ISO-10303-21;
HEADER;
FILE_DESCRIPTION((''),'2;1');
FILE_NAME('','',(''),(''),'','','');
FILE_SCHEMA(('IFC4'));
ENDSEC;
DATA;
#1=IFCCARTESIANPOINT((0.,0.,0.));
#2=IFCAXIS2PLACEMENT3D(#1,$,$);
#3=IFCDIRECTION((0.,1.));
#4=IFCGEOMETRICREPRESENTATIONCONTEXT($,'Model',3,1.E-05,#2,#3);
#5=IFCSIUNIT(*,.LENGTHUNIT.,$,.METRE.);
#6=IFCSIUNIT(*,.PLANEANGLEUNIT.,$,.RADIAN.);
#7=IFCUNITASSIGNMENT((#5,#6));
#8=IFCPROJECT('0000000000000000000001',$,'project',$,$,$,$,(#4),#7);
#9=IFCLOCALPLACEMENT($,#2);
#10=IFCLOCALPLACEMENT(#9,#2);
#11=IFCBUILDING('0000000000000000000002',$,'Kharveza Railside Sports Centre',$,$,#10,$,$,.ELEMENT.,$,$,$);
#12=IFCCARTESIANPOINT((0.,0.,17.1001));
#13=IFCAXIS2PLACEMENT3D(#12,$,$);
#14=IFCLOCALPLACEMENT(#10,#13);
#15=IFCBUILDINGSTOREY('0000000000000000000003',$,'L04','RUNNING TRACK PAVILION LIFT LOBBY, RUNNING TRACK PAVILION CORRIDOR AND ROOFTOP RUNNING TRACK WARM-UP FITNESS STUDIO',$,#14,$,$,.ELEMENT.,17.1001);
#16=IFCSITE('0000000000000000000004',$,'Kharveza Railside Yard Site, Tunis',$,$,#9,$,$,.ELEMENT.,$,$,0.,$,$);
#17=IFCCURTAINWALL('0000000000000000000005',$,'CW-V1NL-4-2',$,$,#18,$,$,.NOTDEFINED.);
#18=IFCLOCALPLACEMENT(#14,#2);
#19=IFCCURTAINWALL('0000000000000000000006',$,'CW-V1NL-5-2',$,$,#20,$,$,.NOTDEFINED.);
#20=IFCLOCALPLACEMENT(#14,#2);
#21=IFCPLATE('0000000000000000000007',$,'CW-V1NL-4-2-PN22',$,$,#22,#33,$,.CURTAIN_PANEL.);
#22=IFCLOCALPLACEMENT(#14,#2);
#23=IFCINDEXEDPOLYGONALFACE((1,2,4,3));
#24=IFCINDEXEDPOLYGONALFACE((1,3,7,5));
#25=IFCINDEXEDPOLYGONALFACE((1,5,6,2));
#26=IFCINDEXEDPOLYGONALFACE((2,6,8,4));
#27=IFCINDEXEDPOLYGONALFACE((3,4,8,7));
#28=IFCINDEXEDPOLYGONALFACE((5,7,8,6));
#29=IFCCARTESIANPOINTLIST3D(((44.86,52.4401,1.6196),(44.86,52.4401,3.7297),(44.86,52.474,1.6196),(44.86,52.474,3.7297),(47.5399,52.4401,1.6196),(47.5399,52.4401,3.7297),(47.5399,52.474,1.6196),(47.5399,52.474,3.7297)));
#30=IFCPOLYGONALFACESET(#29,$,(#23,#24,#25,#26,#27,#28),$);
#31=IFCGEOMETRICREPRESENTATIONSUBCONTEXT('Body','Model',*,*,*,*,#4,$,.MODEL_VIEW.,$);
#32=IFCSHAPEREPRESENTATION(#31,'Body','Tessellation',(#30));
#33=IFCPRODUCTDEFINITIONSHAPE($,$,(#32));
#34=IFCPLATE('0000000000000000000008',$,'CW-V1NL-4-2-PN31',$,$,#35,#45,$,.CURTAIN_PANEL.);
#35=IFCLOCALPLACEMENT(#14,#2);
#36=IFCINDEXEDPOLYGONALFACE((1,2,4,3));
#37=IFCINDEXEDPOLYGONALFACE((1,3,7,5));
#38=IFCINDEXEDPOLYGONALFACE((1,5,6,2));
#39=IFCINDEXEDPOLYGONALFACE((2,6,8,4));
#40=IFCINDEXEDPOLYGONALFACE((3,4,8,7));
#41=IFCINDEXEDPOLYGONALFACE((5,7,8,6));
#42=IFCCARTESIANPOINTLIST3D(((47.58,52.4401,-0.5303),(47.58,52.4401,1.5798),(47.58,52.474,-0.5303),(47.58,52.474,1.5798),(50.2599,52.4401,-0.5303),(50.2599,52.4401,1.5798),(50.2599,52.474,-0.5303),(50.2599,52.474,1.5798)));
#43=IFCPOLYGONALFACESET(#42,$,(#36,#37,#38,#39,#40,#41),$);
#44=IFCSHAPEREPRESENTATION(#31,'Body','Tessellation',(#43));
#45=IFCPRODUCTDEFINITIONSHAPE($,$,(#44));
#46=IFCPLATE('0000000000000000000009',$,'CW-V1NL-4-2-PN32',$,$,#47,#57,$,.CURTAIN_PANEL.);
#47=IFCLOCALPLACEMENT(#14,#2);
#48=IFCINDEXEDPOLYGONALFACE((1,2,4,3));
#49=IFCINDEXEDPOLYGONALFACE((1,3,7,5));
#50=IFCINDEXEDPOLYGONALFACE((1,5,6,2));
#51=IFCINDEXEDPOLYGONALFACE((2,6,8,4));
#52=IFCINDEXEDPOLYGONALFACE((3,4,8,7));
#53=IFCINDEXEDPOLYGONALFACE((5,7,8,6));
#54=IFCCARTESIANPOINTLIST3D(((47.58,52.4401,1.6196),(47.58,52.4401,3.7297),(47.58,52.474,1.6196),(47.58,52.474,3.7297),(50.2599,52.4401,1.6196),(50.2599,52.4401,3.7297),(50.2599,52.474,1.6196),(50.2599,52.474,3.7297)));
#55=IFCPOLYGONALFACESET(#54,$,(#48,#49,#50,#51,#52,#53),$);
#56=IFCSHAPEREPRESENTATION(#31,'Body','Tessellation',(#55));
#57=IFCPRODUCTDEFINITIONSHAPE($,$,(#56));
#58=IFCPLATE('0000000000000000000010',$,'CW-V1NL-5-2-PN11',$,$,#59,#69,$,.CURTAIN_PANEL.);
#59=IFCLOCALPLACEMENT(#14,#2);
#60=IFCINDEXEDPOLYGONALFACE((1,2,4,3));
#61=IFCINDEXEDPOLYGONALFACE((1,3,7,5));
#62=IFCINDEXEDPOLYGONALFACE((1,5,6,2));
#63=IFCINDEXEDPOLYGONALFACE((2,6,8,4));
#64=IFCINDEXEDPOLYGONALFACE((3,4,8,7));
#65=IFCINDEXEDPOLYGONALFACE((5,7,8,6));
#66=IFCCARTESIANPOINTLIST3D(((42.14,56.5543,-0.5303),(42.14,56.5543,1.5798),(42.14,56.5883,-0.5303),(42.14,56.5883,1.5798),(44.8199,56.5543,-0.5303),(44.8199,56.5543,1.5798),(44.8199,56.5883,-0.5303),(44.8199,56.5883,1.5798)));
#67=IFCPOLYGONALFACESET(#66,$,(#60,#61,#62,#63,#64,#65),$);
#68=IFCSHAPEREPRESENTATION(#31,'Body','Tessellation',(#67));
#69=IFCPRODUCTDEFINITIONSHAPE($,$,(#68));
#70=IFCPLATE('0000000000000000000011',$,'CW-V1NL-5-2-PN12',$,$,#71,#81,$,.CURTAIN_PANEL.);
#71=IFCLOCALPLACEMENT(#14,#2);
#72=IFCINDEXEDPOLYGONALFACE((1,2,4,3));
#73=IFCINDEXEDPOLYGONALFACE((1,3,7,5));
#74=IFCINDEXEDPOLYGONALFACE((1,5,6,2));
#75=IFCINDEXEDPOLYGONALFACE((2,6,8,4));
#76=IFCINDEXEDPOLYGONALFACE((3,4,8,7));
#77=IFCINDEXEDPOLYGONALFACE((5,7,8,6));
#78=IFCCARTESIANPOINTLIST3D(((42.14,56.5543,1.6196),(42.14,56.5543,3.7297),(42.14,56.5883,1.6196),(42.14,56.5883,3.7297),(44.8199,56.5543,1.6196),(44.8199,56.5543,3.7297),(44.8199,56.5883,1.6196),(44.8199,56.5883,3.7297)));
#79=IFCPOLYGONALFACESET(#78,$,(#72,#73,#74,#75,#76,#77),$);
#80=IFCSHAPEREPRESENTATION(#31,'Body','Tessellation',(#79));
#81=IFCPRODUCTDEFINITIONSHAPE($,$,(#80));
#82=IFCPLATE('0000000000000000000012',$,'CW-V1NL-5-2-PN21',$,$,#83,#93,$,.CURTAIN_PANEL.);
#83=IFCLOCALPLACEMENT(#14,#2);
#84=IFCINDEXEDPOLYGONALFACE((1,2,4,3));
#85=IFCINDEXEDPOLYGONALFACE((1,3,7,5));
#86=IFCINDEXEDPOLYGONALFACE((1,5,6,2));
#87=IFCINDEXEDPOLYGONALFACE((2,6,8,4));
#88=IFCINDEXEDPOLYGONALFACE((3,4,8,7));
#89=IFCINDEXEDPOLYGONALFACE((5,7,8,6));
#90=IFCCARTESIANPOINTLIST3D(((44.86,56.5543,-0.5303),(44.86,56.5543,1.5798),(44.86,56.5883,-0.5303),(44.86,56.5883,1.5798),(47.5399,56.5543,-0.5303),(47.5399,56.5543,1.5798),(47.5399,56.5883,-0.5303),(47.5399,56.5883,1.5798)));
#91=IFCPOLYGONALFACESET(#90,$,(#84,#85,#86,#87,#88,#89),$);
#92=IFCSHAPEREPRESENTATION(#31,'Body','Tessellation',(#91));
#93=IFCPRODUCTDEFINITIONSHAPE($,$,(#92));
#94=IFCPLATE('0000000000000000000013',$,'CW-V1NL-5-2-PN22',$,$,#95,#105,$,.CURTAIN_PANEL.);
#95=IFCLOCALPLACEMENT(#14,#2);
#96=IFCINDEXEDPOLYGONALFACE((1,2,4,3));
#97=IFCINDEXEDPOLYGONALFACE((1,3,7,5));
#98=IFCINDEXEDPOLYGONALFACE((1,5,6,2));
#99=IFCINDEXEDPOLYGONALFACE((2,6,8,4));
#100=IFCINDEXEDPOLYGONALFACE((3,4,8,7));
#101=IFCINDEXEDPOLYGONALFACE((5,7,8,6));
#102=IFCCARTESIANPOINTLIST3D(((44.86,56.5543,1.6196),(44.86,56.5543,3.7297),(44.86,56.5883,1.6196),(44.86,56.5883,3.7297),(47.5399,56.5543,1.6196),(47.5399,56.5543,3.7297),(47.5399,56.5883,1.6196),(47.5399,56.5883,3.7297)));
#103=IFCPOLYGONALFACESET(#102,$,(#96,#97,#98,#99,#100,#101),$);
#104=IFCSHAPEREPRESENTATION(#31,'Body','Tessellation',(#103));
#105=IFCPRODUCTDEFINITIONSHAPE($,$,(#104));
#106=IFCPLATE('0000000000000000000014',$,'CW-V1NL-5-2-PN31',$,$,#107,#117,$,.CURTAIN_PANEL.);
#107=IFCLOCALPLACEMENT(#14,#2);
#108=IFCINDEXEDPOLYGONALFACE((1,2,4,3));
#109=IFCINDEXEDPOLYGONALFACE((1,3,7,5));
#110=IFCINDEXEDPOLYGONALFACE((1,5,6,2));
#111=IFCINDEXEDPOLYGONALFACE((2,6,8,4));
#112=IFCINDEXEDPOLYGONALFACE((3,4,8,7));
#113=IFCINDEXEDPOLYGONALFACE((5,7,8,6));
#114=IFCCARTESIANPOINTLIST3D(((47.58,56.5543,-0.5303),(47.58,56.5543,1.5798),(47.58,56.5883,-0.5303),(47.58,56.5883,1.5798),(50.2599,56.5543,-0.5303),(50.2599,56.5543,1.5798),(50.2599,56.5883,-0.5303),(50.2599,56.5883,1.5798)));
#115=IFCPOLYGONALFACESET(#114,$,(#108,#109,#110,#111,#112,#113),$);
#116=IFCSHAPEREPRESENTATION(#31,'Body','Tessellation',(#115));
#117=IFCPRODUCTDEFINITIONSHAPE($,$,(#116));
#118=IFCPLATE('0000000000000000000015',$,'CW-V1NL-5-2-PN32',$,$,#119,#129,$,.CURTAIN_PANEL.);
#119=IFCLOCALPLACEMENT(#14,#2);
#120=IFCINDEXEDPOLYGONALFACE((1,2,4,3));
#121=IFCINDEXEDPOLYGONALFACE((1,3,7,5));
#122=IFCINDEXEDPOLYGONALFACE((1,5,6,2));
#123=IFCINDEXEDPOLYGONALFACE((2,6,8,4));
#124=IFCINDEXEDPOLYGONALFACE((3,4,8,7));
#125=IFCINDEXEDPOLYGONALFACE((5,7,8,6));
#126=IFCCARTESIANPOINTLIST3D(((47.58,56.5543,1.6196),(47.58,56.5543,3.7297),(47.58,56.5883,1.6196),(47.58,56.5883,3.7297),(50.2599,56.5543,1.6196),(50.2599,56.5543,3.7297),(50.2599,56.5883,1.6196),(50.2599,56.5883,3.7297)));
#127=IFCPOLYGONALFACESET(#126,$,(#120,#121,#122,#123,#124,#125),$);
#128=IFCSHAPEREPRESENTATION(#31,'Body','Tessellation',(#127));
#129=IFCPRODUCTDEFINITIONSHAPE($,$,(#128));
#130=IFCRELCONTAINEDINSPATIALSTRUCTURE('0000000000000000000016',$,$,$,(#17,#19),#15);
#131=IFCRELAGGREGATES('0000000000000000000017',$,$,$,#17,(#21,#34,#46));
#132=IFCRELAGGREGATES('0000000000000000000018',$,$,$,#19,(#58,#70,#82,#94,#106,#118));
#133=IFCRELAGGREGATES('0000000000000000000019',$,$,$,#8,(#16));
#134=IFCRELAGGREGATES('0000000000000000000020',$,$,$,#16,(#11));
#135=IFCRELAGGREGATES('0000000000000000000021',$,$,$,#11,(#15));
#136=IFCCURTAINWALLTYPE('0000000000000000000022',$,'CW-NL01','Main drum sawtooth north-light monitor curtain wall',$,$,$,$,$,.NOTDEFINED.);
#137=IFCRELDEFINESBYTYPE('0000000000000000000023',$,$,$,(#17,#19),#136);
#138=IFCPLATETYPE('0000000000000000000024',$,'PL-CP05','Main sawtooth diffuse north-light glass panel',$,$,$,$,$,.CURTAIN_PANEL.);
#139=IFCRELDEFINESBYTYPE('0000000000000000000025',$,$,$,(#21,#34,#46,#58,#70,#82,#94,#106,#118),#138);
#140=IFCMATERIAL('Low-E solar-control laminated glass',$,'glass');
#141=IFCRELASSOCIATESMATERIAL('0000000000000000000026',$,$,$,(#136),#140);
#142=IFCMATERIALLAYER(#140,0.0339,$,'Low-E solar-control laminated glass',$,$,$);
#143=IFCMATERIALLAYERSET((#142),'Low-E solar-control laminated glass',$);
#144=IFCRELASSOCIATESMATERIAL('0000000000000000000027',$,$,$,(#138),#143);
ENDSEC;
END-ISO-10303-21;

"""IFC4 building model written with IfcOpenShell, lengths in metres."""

from ifc_helpers import new_model, si_unit, direction, frame, origin, origin_2d, place, context, subcontext, project, spatial, rectangle, extrude, material, layer, layer_set, type_object, element, aggregate, save


model = new_model("IFC4")

# Units and contexts
model_context = context("Model", 3, precision=1e-05, world=origin(), true_north=direction((0.0, 1.0)))
body_context = subcontext(model_context, "Body", "Model", "MODEL_VIEW")
ifc_project = project(units=[si_unit("LENGTHUNIT", "METRE"), si_unit("PLANEANGLEUNIT", "RADIAN")], contexts=[model_context])

# Site, building, storey
site_placement = place(None, origin())
site = spatial("IfcSite", under=ifc_project, at=site_placement, Name="Kharveza Railside Yard Site, Tunis", CompositionType="ELEMENT", RefElevation=0.0)
building_placement = place(site_placement, origin())
building = spatial("IfcBuilding", under=site, at=building_placement, Name="Kharveza Railside Sports Centre", CompositionType="ELEMENT")
storey_placement = place(building_placement, frame((0.0, 0.0, 17.1001)))
storey = spatial("IfcBuildingStorey", under=building, at=storey_placement, Name="L04", Description="RUNNING TRACK PAVILION LIFT LOBBY, RUNNING TRACK PAVILION CORRIDOR AND ROOFTOP RUNNING TRACK WARM-UP FITNESS STUDIO", CompositionType="ELEMENT", Elevation=17.1001)

# Curtain walls
ifc_material_1 = material(Name="Low-E solar-control laminated glass", Category="glass")
curtain_wall_type = type_object("IfcCurtainWallType", Name="CW-NL01", Description="Main drum sawtooth north-light monitor curtain wall", PredefinedType="NOTDEFINED", material=ifc_material_1)
curtain_wall_1_placement = place(storey_placement, origin())
curtain_wall_1 = element("IfcCurtainWall", 1, at=curtain_wall_1_placement, inside=storey, type_object=curtain_wall_type, Name="CW-V1NL-4-2", PredefinedType="NOTDEFINED")
curtain_wall_2_placement = place(storey_placement, origin())
curtain_wall_2 = element("IfcCurtainWall", 2, at=curtain_wall_2_placement, inside=storey, type_object=curtain_wall_type, Name="CW-V1NL-5-2", PredefinedType="NOTDEFINED")

# Plates
ifc_layer = layer(ifc_material_1, 0.0339, Name="Low-E solar-control laminated glass")
ifc_layer_set = layer_set([ifc_layer], Name="Low-E solar-control laminated glass")
plate_type = type_object("IfcPlateType", Name="PL-CP05", Description="Main sawtooth diffuse north-light glass panel", PredefinedType="CURTAIN_PANEL", material=ifc_layer_set)
plate_1_placement = place(storey_placement, frame((46.2, 52.457, 1.6196), z_axis=(0.0, 0.0, 1.0), x_axis=(1.0, 0.0, 0.0)))
plate_1 = element("IfcPlate", 3, at=plate_1_placement, type_object=plate_type, Name="CW-V1NL-4-2-PN22", PredefinedType="CURTAIN_PANEL", context=body_context, shape_type="SweptSolid", body=[
    extrude(rectangle(XDim=2.6799, YDim=0.0339, at=origin_2d()), origin(), (0.0, 0.0, 1.0), 2.1101),
])
plate_2_placement = place(storey_placement, frame((48.9199, 52.457, -0.5303), z_axis=(0.0, 0.0, 1.0), x_axis=(1.0, 0.0, 0.0)))
plate_2 = element("IfcPlate", 4, at=plate_2_placement, type_object=plate_type, Name="CW-V1NL-4-2-PN31", PredefinedType="CURTAIN_PANEL", context=body_context, shape_type="SweptSolid", body=[
    extrude(rectangle(XDim=2.6799, YDim=0.0339, at=origin_2d()), origin(), (0.0, 0.0, 1.0), 2.1101),
])
plate_3_placement = place(storey_placement, frame((48.9199, 52.457, 1.6196), z_axis=(0.0, 0.0, 1.0), x_axis=(1.0, 0.0, 0.0)))
plate_3 = element("IfcPlate", 5, at=plate_3_placement, type_object=plate_type, Name="CW-V1NL-4-2-PN32", PredefinedType="CURTAIN_PANEL", context=body_context, shape_type="SweptSolid", body=[
    extrude(rectangle(XDim=2.6799, YDim=0.0339, at=origin_2d()), origin(), (0.0, 0.0, 1.0), 2.1101),
])
aggregate(curtain_wall_1, [plate_1, plate_2, plate_3])
plate_4_placement = place(storey_placement, frame((43.48, 56.5713, -0.5303), z_axis=(0.0, 0.0, 1.0), x_axis=(1.0, 0.0, 0.0)))
plate_4 = element("IfcPlate", 6, at=plate_4_placement, type_object=plate_type, Name="CW-V1NL-5-2-PN11", PredefinedType="CURTAIN_PANEL", context=body_context, shape_type="SweptSolid", body=[
    extrude(rectangle(XDim=2.6799, YDim=0.0339, at=origin_2d()), origin(), (0.0, 0.0, 1.0), 2.1101),
])
plate_5_placement = place(storey_placement, frame((43.48, 56.5713, 1.6196), z_axis=(0.0, 0.0, 1.0), x_axis=(1.0, 0.0, 0.0)))
plate_5 = element("IfcPlate", 7, at=plate_5_placement, type_object=plate_type, Name="CW-V1NL-5-2-PN12", PredefinedType="CURTAIN_PANEL", context=body_context, shape_type="SweptSolid", body=[
    extrude(rectangle(XDim=2.6799, YDim=0.0339, at=origin_2d()), origin(), (0.0, 0.0, 1.0), 2.1101),
])
plate_6_placement = place(storey_placement, frame((46.2, 56.5713, -0.5303), z_axis=(0.0, 0.0, 1.0), x_axis=(1.0, 0.0, 0.0)))
plate_6 = element("IfcPlate", 8, at=plate_6_placement, type_object=plate_type, Name="CW-V1NL-5-2-PN21", PredefinedType="CURTAIN_PANEL", context=body_context, shape_type="SweptSolid", body=[
    extrude(rectangle(XDim=2.6799, YDim=0.0339, at=origin_2d()), origin(), (0.0, 0.0, 1.0), 2.1101),
])
plate_7_placement = place(storey_placement, frame((46.2, 56.5713, 1.6196), z_axis=(0.0, 0.0, 1.0), x_axis=(1.0, 0.0, 0.0)))
plate_7 = element("IfcPlate", 9, at=plate_7_placement, type_object=plate_type, Name="CW-V1NL-5-2-PN22", PredefinedType="CURTAIN_PANEL", context=body_context, shape_type="SweptSolid", body=[
    extrude(rectangle(XDim=2.6799, YDim=0.0339, at=origin_2d()), origin(), (0.0, 0.0, 1.0), 2.1101),
])
plate_8_placement = place(storey_placement, frame((48.9199, 56.5713, -0.5303), z_axis=(0.0, 0.0, 1.0), x_axis=(1.0, 0.0, 0.0)))
plate_8 = element("IfcPlate", 10, at=plate_8_placement, type_object=plate_type, Name="CW-V1NL-5-2-PN31", PredefinedType="CURTAIN_PANEL", context=body_context, shape_type="SweptSolid", body=[
    extrude(rectangle(XDim=2.6799, YDim=0.0339, at=origin_2d()), origin(), (0.0, 0.0, 1.0), 2.1101),
])
plate_9_placement = place(storey_placement, frame((48.9199, 56.5713, 1.6196), z_axis=(0.0, 0.0, 1.0), x_axis=(1.0, 0.0, 0.0)))
plate_9 = element("IfcPlate", 11, at=plate_9_placement, type_object=plate_type, Name="CW-V1NL-5-2-PN32", PredefinedType="CURTAIN_PANEL", context=body_context, shape_type="SweptSolid", body=[
    extrude(rectangle(XDim=2.6799, YDim=0.0339, at=origin_2d()), origin(), (0.0, 0.0, 1.0), 2.1101),
])
aggregate(curtain_wall_2, [plate_4, plate_5, plate_6, plate_7, plate_8, plate_9])

save(model, "model.ifc")
